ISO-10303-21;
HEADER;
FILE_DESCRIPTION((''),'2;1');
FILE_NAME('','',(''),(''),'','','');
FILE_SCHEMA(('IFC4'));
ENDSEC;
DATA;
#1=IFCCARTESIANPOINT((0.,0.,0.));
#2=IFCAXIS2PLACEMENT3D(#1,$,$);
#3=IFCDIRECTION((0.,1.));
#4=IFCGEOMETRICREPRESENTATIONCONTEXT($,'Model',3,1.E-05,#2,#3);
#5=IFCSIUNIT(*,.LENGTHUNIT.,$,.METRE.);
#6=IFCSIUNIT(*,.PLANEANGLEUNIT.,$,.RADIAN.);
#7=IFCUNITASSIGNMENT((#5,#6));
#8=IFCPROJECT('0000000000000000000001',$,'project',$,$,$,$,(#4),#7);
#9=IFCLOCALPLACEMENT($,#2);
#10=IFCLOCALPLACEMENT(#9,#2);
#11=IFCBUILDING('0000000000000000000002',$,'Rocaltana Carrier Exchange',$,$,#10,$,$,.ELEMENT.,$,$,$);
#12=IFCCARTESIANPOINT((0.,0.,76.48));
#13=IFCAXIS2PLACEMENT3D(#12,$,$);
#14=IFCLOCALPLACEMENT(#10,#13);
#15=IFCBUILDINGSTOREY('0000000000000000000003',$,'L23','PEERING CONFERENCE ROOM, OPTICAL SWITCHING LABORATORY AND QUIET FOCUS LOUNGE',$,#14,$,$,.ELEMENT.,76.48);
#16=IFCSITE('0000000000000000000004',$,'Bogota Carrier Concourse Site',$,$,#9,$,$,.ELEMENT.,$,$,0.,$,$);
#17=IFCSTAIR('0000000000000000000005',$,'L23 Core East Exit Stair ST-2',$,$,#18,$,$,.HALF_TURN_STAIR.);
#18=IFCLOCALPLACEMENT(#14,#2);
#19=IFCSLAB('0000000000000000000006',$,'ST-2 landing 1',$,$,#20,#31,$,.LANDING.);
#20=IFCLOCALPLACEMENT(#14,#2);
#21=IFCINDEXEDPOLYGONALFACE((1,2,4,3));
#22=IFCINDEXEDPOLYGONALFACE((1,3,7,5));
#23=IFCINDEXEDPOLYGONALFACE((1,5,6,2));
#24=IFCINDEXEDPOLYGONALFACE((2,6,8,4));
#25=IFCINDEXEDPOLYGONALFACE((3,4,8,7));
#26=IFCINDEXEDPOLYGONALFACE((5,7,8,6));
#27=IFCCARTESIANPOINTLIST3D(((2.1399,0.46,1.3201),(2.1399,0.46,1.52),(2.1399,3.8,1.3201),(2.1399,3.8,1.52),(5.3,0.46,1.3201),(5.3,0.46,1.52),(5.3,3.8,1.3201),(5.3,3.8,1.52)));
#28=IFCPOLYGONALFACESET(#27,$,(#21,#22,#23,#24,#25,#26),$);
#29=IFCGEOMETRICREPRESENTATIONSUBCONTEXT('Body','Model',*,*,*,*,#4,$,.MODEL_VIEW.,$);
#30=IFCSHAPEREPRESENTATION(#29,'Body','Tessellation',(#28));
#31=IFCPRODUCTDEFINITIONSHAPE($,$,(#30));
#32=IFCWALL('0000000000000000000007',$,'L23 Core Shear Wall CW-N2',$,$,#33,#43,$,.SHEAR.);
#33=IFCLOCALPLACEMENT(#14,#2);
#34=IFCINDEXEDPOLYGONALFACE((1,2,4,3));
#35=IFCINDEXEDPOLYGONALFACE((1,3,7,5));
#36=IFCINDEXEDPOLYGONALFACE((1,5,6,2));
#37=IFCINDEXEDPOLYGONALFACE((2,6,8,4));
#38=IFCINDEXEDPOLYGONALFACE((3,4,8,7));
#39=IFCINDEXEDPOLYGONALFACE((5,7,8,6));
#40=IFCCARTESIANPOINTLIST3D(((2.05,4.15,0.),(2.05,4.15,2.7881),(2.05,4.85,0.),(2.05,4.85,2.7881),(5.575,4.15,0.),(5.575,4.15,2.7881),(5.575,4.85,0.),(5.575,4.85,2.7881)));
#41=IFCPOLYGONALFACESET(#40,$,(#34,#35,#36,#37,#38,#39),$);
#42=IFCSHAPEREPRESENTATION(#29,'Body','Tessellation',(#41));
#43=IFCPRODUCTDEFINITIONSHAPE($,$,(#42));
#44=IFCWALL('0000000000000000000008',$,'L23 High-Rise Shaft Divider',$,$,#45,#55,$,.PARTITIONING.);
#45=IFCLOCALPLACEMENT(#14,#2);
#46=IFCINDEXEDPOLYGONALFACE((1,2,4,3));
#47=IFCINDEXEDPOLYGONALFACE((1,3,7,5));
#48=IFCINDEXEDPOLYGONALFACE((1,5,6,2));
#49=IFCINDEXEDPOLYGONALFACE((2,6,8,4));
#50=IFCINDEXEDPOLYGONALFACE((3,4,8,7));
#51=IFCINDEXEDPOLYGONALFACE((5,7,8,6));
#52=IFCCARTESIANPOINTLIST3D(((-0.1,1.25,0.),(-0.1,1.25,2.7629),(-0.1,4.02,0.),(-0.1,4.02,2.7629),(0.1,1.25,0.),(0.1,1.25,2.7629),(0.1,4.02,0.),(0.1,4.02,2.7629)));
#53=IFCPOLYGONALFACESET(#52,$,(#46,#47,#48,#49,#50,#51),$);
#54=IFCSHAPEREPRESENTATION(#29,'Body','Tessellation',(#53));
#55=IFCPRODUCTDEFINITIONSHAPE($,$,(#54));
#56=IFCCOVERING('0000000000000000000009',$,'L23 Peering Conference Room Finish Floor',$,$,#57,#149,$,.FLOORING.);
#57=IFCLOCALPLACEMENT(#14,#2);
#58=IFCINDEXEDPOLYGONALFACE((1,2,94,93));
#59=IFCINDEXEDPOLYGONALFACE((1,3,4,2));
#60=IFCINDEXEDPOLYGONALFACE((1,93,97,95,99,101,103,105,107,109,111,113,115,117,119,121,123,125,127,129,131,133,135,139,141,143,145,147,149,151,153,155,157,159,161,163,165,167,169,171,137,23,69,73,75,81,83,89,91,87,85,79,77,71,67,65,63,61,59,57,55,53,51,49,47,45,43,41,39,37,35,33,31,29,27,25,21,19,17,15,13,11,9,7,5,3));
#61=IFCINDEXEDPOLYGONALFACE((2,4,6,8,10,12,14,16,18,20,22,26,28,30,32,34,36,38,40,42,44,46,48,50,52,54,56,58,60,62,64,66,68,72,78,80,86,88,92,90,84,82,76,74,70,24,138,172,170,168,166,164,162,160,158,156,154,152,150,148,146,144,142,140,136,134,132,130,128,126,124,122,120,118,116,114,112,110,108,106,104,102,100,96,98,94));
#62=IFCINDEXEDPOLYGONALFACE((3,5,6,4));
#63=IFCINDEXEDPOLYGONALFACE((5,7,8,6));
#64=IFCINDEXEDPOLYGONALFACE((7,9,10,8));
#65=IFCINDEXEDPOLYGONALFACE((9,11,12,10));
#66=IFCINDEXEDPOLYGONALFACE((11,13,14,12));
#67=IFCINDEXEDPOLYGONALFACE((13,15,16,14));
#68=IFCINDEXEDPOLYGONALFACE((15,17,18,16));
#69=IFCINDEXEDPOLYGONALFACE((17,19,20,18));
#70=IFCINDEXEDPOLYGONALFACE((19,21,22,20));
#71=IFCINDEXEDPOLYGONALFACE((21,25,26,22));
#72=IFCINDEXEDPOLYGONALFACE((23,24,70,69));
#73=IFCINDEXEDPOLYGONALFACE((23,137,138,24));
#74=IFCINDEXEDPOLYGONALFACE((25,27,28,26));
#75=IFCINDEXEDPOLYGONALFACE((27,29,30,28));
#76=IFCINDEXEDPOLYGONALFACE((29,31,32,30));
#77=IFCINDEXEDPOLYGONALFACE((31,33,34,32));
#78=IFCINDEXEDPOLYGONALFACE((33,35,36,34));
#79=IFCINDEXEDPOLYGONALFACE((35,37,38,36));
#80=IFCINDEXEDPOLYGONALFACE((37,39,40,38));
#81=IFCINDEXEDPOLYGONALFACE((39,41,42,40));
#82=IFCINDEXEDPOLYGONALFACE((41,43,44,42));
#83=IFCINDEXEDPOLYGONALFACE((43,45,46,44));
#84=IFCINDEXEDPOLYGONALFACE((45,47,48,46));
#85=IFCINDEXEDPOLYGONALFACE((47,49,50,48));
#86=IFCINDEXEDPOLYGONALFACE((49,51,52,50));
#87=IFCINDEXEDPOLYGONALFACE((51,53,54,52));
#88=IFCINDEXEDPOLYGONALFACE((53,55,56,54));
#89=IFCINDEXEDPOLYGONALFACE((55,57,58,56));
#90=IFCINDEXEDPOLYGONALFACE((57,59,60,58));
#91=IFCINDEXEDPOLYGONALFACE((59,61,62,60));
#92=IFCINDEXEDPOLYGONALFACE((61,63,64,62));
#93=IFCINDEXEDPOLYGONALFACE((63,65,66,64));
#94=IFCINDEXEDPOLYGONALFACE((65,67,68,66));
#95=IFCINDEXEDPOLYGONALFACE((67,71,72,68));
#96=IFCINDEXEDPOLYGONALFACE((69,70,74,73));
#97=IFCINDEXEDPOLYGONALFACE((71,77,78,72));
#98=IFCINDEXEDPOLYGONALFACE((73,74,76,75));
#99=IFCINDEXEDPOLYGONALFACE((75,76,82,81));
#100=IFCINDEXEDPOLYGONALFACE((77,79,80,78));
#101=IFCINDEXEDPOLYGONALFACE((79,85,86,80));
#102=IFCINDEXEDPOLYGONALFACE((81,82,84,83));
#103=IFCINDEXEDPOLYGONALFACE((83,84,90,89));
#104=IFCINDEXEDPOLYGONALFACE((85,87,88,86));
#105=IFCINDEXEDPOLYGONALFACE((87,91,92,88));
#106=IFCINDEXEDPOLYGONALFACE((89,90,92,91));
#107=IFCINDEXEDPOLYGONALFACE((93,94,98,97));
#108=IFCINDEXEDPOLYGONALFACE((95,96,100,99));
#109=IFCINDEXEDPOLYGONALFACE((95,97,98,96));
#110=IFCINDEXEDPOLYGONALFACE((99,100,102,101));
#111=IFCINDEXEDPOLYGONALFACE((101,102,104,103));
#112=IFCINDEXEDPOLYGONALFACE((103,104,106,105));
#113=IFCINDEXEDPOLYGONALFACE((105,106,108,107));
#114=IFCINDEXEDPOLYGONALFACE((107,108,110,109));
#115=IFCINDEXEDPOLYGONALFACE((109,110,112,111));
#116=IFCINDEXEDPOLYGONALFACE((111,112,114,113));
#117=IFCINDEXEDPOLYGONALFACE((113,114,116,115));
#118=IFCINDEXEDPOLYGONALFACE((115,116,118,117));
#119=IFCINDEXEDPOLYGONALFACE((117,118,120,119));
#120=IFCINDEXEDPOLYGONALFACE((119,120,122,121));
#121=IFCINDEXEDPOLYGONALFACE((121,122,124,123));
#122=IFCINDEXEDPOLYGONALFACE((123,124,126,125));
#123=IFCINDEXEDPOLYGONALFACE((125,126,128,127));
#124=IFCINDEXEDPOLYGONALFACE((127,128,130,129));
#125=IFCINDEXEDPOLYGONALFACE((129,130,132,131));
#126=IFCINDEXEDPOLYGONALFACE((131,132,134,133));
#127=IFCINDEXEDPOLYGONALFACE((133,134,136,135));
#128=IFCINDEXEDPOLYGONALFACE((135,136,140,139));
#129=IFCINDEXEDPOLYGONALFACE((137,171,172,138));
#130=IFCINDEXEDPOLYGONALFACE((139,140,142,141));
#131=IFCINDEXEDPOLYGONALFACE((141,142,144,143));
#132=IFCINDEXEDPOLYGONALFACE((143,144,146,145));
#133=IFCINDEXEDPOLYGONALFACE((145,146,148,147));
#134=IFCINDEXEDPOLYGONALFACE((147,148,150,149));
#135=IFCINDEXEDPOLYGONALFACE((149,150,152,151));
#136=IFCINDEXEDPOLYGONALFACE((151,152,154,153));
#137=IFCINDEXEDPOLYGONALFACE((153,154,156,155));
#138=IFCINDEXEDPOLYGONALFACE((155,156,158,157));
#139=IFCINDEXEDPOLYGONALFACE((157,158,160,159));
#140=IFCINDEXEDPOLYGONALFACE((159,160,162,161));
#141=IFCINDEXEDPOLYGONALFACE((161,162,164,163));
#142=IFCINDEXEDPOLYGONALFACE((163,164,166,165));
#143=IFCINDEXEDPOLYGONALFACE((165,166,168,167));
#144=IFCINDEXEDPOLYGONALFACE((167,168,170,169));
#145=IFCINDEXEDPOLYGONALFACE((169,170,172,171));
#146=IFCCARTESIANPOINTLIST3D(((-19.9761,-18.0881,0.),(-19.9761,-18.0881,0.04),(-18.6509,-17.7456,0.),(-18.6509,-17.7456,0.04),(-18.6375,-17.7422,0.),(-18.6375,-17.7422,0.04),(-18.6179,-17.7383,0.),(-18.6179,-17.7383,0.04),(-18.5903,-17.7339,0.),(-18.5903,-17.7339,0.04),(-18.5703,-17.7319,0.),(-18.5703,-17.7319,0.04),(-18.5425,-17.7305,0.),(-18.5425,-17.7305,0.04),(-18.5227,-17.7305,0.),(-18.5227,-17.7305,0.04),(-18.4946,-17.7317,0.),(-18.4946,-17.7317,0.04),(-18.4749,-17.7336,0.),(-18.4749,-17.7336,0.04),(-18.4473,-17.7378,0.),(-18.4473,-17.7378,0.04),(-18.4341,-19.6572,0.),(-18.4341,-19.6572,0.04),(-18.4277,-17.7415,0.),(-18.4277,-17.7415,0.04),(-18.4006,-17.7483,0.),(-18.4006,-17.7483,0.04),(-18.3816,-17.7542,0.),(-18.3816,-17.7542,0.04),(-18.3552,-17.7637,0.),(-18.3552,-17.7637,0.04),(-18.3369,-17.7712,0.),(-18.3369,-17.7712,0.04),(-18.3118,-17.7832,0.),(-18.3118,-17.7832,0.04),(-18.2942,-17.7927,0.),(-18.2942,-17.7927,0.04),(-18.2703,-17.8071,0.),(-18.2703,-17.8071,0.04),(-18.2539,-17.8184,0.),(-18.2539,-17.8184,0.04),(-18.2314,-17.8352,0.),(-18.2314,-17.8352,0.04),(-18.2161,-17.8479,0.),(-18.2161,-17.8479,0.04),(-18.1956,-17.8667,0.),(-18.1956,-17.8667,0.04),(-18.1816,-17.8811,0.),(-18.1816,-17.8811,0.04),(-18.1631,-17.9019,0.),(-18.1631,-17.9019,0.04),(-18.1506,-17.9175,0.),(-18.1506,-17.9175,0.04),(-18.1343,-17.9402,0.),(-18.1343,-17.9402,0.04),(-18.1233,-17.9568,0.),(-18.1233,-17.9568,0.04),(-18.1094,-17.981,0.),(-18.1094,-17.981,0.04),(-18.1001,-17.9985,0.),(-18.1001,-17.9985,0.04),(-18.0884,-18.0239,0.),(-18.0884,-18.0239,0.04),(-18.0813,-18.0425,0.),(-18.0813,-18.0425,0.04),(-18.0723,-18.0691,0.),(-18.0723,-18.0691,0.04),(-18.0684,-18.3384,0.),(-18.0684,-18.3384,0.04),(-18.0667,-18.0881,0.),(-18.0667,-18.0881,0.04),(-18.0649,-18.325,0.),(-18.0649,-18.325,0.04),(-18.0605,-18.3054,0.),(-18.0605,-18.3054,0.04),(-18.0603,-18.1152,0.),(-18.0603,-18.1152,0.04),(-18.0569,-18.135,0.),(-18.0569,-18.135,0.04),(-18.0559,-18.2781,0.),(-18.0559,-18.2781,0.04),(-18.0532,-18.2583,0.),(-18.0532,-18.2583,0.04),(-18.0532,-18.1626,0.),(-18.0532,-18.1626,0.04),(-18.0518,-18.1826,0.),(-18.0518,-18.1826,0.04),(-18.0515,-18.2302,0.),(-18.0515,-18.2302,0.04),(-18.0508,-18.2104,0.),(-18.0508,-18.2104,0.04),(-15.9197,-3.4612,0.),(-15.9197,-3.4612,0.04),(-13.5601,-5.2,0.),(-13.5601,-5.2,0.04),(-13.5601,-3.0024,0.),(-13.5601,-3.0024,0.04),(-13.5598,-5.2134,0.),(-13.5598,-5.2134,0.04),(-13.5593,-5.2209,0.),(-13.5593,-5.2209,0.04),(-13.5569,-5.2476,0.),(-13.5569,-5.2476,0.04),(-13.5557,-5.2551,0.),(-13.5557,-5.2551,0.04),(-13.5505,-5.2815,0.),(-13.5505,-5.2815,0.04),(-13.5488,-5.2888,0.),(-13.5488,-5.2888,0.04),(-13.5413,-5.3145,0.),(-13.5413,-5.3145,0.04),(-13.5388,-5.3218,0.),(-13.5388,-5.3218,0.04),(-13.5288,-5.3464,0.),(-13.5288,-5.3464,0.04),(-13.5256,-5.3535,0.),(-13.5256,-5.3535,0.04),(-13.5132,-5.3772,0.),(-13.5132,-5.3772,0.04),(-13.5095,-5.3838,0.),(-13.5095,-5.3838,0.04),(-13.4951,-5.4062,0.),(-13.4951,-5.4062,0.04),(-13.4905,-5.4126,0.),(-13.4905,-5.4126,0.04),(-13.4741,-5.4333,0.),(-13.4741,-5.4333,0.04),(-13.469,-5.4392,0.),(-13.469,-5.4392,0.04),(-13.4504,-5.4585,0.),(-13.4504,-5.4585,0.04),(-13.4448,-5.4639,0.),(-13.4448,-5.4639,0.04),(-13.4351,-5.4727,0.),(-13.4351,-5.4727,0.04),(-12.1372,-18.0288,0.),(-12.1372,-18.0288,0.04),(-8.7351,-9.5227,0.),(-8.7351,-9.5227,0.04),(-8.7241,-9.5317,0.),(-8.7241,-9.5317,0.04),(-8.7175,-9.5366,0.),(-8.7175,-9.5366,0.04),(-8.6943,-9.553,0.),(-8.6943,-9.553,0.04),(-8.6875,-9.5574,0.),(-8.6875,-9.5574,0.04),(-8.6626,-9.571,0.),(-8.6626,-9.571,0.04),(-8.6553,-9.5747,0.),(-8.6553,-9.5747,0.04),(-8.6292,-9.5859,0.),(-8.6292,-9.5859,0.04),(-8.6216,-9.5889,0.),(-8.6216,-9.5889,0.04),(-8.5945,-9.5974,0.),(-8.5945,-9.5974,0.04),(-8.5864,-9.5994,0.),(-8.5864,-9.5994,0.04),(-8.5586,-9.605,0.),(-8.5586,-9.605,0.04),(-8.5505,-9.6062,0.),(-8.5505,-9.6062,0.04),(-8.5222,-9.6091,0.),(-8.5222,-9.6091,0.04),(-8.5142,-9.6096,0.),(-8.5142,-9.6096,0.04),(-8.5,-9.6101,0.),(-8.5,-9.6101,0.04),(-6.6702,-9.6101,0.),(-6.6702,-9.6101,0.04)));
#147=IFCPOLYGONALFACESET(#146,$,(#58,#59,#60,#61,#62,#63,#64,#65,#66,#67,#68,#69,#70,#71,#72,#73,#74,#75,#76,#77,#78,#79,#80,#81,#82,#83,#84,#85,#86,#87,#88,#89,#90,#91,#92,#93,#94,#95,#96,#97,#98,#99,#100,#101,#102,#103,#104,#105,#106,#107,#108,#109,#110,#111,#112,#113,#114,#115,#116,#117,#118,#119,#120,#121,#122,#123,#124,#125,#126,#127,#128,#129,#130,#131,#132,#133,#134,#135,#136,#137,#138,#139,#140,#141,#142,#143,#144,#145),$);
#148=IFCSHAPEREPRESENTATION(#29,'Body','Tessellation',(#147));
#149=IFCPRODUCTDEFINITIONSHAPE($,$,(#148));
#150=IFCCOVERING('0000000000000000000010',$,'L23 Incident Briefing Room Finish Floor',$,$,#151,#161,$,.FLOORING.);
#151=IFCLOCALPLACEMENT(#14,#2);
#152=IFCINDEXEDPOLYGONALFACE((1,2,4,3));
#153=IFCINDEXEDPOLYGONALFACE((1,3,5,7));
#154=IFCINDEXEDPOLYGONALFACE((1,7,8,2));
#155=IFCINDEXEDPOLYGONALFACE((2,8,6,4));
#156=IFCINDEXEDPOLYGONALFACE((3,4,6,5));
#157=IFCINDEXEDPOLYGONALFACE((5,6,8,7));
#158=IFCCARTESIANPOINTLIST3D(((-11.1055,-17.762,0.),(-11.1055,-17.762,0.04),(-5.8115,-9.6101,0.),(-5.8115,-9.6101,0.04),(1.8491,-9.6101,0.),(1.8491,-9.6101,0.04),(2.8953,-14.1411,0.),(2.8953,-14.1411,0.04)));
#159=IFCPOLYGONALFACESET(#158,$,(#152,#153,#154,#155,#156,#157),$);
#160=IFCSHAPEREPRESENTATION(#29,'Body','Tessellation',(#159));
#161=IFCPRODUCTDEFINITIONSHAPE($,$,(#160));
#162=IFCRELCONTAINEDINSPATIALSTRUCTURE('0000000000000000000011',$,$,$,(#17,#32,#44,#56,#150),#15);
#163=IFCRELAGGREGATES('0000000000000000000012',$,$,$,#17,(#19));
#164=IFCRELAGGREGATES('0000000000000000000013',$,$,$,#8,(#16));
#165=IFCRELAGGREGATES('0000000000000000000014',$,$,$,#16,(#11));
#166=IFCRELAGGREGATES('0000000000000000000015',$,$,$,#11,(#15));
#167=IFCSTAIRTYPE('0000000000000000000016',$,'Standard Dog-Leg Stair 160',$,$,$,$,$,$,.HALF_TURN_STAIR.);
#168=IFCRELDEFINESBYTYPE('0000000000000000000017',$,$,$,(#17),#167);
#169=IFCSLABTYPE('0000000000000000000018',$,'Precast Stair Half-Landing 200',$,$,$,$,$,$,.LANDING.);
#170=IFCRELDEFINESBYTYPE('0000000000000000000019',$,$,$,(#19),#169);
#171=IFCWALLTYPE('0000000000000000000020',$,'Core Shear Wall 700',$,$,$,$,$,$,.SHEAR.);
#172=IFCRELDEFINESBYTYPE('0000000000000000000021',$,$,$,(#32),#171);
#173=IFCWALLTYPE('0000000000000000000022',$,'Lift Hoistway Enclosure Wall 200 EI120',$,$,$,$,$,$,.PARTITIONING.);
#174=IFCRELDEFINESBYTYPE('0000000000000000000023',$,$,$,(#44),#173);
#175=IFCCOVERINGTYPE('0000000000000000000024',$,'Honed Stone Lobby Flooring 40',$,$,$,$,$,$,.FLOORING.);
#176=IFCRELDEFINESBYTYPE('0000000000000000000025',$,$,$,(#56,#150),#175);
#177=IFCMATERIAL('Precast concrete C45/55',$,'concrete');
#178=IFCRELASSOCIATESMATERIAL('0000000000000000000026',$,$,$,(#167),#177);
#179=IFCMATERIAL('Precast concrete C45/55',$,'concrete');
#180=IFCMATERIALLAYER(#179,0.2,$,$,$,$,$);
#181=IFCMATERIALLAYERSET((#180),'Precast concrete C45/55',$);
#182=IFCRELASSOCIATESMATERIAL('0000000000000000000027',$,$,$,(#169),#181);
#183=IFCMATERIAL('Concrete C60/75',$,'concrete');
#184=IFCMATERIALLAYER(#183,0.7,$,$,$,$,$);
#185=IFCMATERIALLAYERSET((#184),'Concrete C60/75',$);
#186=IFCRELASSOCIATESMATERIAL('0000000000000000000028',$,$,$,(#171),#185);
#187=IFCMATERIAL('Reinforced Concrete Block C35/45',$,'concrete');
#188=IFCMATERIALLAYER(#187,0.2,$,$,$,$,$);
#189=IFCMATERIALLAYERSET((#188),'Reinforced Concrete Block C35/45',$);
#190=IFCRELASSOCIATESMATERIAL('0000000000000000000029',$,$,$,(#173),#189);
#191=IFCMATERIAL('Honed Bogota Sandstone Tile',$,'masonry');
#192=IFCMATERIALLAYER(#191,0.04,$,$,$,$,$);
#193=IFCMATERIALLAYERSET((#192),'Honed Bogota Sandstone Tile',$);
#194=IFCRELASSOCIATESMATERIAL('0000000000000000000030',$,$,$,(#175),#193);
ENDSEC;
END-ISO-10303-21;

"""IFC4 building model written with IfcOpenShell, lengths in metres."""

from ifc_helpers import new_model, si_unit, direction, frame, frame_2d, origin, place, context, subcontext, project, spatial, polyline, rectangle, outline, extrude, material, layer, layer_set, type_object, element, aggregate, save


model = new_model("IFC4")

# Units and contexts
model_context = context("Model", 3, precision=1e-05, world=origin(), true_north=direction((0.0, 1.0)))
body_context = subcontext(model_context, "Body", "Model", "MODEL_VIEW")
ifc_project = project(units=[si_unit("LENGTHUNIT", "METRE"), si_unit("PLANEANGLEUNIT", "RADIAN")], contexts=[model_context])

# Site, building, storey
site_placement = place(None, origin())
site = spatial("IfcSite", under=ifc_project, at=site_placement, Name="Bogota Carrier Concourse Site", CompositionType="ELEMENT", RefElevation=0.0)
building_placement = place(site_placement, origin())
building = spatial("IfcBuilding", under=site, at=building_placement, Name="Rocaltana Carrier Exchange", CompositionType="ELEMENT")
storey_placement = place(building_placement, frame((0.0, 0.0, 76.48)))
storey = spatial("IfcBuildingStorey", under=building, at=storey_placement, Name="L23", Description="PEERING CONFERENCE ROOM, OPTICAL SWITCHING LABORATORY AND QUIET FOCUS LOUNGE", CompositionType="ELEMENT", Elevation=76.48)

# Stair, slab
ifc_material_1 = material(Name="Precast concrete C45/55", Category="concrete")
stair_type = type_object("IfcStairType", Name="Standard Dog-Leg Stair 160", PredefinedType="HALF_TURN_STAIR", material=ifc_material_1)
ifc_material_2 = material(Name="Precast concrete C45/55", Category="concrete")
ifc_layer_1 = layer(ifc_material_2, 0.2)
ifc_layer_set_1 = layer_set([ifc_layer_1], Name="Precast concrete C45/55")
slab_type_1 = type_object("IfcSlabType", Name="Precast Stair Half-Landing 200", PredefinedType="LANDING", material=ifc_layer_set_1)
stair_1_placement = place(storey_placement, origin())
stair_1 = element("IfcStair", 1, at=stair_1_placement, inside=storey, type_object=stair_type, Name="L23 Core East Exit Stair ST-2", PredefinedType="HALF_TURN_STAIR")
slab_1_placement = place(storey_placement, frame((0.0, 0.0, 1.3201)))
slab_1 = element("IfcSlab", 2, at=slab_1_placement, type_object=slab_type_1, Name="ST-2 landing 1", PredefinedType="LANDING", context=body_context, shape_type="SweptSolid", body=[
    extrude(outline(polyline([(5.3, 0.46), (5.3, 3.8), (2.1399, 3.8), (2.1399, 0.46), (5.3, 0.46)])), origin(), (0.0, 0.0, 1.0), 0.2),
])
aggregate(stair_1, [slab_1])

# Walls
ifc_material_3 = material(Name="Concrete C60/75", Category="concrete")
ifc_layer_2 = layer(ifc_material_3, 0.7)
ifc_layer_set_2 = layer_set([ifc_layer_2], Name="Concrete C60/75")
wall_type_1 = type_object("IfcWallType", Name="Core Shear Wall 700", PredefinedType="SHEAR", material=ifc_layer_set_2)
wall_1_placement = place(storey_placement, frame((2.05, 4.5, 0.0), z_axis=(0.0, 0.0, 1.0), x_axis=(1.0, 0.0, 0.0)))
element("IfcWall", 3, at=wall_1_placement, inside=storey, type_object=wall_type_1, Name="L23 Core Shear Wall CW-N2", PredefinedType="SHEAR", context=body_context, shape_type="SweptSolid", body=[
    extrude(rectangle(XDim=3.5249, YDim=0.7, at=frame_2d((1.7625, 0.0))), origin(), (0.0, 0.0, 1.0), 2.7881),
])
ifc_material_4 = material(Name="Reinforced Concrete Block C35/45", Category="concrete")
ifc_layer_3 = layer(ifc_material_4, 0.2)
ifc_layer_set_3 = layer_set([ifc_layer_3], Name="Reinforced Concrete Block C35/45")
wall_type_2 = type_object("IfcWallType", Name="Lift Hoistway Enclosure Wall 200 EI120", PredefinedType="PARTITIONING", material=ifc_layer_set_3)
wall_2_placement = place(storey_placement, frame((0.0, 1.25, 0.0), z_axis=(0.0, 0.0, 1.0), x_axis=(0.0, 1.0, 0.0)))
element("IfcWall", 4, at=wall_2_placement, inside=storey, type_object=wall_type_2, Name="L23 High-Rise Shaft Divider", PredefinedType="PARTITIONING", context=body_context, shape_type="SweptSolid", body=[
    extrude(rectangle(XDim=2.77, YDim=0.2, at=frame_2d((1.385, 0.0))), origin(), (0.0, 0.0, 1.0), 2.7629),
])

# Coverings
ifc_material_5 = material(Name="Honed Bogota Sandstone Tile", Category="masonry")
ifc_layer_4 = layer(ifc_material_5, 0.04)
ifc_layer_set_4 = layer_set([ifc_layer_4], Name="Honed Bogota Sandstone Tile")
covering_type_1 = type_object("IfcCoveringType", Name="Honed Stone Lobby Flooring 40", PredefinedType="FLOORING", material=ifc_layer_set_4)
covering_1_placement = place(storey_placement, origin())
element("IfcCovering", 5, at=covering_1_placement, inside=storey, type_object=covering_type_1, Name="L23 Peering Conference Room Finish Floor", PredefinedType="FLOORING", context=body_context, shape_type="SweptSolid", body=[
    extrude(outline(polyline([(-18.0684, -18.3384), (-18.0649, -18.325), (-18.0605, -18.3054), (-18.0559, -18.2781), (-18.0532, -18.2583), (-18.0515, -18.2302), (-18.0508, -18.2104), (-18.0518, -18.1826), (-18.0532, -18.1626), (-18.0569, -18.135), (-18.0603, -18.1152), (-18.0667, -18.0881), (-18.0723, -18.0691), (-18.0813, -18.0425), (-18.0884, -18.0239), (-18.1001, -17.9985), (-18.1094, -17.981), (-18.1233, -17.9568), (-18.1343, -17.9402), (-18.1506, -17.9175), (-18.1631, -17.9019), (-18.1816, -17.8811), (-18.1956, -17.8667), (-18.2161, -17.8479), (-18.2314, -17.8352), (-18.2539, -17.8184), (-18.2703, -17.8071), (-18.2942, -17.7927), (-18.3118, -17.7832), (-18.3369, -17.7712), (-18.3552, -17.7637), (-18.3816, -17.7542), (-18.4006, -17.7483), (-18.4277, -17.7415), (-18.4473, -17.7378), (-18.4749, -17.7336), (-18.4946, -17.7317), (-18.5227, -17.7305), (-18.5425, -17.7305), (-18.5703, -17.7319), (-18.5903, -17.7339), (-18.6179, -17.7383), (-18.6375, -17.7422), (-18.6509, -17.7456), (-19.9761, -18.0881), (-15.9197, -3.4612), (-13.5601, -3.0024), (-13.5601, -5.2), (-13.5598, -5.2134), (-13.5593, -5.2209), (-13.5569, -5.2476), (-13.5557, -5.2551), (-13.5505, -5.2815), (-13.5488, -5.2888), (-13.5413, -5.3145), (-13.5388, -5.3218), (-13.5288, -5.3464), (-13.5256, -5.3535), (-13.5132, -5.3772), (-13.5095, -5.3838), (-13.4951, -5.4062), (-13.4905, -5.4126), (-13.4741, -5.4333), (-13.469, -5.4392), (-13.4504, -5.4585), (-13.4448, -5.4639), (-13.4351, -5.4727), (-8.7351, -9.5227), (-8.7241, -9.5317), (-8.7175, -9.5366), (-8.6943, -9.553), (-8.6875, -9.5574), (-8.6626, -9.571), (-8.6553, -9.5747), (-8.6292, -9.5859), (-8.6216, -9.5889), (-8.5945, -9.5974), (-8.5864, -9.5994), (-8.5586, -9.605), (-8.5505, -9.6062), (-8.5222, -9.6091), (-8.5142, -9.6096), (-8.5, -9.6101), (-6.6702, -9.6101), (-12.1372, -18.0288), (-18.4341, -19.6572), (-18.0684, -18.3384)])), origin(), (0.0, 0.0, 1.0), 0.04),
])
covering_2_placement = place(storey_placement, origin())
element("IfcCovering", 6, at=covering_2_placement, inside=storey, type_object=covering_type_1, Name="L23 Incident Briefing Room Finish Floor", PredefinedType="FLOORING", context=body_context, shape_type="SweptSolid", body=[
    extrude(outline(polyline([(-11.1055, -17.762), (-5.8115, -9.6101), (1.8491, -9.6101), (2.8953, -14.1411), (-11.1055, -17.762)])), origin(), (0.0, 0.0, 1.0), 0.04),
])

save(model, "model.ifc")
